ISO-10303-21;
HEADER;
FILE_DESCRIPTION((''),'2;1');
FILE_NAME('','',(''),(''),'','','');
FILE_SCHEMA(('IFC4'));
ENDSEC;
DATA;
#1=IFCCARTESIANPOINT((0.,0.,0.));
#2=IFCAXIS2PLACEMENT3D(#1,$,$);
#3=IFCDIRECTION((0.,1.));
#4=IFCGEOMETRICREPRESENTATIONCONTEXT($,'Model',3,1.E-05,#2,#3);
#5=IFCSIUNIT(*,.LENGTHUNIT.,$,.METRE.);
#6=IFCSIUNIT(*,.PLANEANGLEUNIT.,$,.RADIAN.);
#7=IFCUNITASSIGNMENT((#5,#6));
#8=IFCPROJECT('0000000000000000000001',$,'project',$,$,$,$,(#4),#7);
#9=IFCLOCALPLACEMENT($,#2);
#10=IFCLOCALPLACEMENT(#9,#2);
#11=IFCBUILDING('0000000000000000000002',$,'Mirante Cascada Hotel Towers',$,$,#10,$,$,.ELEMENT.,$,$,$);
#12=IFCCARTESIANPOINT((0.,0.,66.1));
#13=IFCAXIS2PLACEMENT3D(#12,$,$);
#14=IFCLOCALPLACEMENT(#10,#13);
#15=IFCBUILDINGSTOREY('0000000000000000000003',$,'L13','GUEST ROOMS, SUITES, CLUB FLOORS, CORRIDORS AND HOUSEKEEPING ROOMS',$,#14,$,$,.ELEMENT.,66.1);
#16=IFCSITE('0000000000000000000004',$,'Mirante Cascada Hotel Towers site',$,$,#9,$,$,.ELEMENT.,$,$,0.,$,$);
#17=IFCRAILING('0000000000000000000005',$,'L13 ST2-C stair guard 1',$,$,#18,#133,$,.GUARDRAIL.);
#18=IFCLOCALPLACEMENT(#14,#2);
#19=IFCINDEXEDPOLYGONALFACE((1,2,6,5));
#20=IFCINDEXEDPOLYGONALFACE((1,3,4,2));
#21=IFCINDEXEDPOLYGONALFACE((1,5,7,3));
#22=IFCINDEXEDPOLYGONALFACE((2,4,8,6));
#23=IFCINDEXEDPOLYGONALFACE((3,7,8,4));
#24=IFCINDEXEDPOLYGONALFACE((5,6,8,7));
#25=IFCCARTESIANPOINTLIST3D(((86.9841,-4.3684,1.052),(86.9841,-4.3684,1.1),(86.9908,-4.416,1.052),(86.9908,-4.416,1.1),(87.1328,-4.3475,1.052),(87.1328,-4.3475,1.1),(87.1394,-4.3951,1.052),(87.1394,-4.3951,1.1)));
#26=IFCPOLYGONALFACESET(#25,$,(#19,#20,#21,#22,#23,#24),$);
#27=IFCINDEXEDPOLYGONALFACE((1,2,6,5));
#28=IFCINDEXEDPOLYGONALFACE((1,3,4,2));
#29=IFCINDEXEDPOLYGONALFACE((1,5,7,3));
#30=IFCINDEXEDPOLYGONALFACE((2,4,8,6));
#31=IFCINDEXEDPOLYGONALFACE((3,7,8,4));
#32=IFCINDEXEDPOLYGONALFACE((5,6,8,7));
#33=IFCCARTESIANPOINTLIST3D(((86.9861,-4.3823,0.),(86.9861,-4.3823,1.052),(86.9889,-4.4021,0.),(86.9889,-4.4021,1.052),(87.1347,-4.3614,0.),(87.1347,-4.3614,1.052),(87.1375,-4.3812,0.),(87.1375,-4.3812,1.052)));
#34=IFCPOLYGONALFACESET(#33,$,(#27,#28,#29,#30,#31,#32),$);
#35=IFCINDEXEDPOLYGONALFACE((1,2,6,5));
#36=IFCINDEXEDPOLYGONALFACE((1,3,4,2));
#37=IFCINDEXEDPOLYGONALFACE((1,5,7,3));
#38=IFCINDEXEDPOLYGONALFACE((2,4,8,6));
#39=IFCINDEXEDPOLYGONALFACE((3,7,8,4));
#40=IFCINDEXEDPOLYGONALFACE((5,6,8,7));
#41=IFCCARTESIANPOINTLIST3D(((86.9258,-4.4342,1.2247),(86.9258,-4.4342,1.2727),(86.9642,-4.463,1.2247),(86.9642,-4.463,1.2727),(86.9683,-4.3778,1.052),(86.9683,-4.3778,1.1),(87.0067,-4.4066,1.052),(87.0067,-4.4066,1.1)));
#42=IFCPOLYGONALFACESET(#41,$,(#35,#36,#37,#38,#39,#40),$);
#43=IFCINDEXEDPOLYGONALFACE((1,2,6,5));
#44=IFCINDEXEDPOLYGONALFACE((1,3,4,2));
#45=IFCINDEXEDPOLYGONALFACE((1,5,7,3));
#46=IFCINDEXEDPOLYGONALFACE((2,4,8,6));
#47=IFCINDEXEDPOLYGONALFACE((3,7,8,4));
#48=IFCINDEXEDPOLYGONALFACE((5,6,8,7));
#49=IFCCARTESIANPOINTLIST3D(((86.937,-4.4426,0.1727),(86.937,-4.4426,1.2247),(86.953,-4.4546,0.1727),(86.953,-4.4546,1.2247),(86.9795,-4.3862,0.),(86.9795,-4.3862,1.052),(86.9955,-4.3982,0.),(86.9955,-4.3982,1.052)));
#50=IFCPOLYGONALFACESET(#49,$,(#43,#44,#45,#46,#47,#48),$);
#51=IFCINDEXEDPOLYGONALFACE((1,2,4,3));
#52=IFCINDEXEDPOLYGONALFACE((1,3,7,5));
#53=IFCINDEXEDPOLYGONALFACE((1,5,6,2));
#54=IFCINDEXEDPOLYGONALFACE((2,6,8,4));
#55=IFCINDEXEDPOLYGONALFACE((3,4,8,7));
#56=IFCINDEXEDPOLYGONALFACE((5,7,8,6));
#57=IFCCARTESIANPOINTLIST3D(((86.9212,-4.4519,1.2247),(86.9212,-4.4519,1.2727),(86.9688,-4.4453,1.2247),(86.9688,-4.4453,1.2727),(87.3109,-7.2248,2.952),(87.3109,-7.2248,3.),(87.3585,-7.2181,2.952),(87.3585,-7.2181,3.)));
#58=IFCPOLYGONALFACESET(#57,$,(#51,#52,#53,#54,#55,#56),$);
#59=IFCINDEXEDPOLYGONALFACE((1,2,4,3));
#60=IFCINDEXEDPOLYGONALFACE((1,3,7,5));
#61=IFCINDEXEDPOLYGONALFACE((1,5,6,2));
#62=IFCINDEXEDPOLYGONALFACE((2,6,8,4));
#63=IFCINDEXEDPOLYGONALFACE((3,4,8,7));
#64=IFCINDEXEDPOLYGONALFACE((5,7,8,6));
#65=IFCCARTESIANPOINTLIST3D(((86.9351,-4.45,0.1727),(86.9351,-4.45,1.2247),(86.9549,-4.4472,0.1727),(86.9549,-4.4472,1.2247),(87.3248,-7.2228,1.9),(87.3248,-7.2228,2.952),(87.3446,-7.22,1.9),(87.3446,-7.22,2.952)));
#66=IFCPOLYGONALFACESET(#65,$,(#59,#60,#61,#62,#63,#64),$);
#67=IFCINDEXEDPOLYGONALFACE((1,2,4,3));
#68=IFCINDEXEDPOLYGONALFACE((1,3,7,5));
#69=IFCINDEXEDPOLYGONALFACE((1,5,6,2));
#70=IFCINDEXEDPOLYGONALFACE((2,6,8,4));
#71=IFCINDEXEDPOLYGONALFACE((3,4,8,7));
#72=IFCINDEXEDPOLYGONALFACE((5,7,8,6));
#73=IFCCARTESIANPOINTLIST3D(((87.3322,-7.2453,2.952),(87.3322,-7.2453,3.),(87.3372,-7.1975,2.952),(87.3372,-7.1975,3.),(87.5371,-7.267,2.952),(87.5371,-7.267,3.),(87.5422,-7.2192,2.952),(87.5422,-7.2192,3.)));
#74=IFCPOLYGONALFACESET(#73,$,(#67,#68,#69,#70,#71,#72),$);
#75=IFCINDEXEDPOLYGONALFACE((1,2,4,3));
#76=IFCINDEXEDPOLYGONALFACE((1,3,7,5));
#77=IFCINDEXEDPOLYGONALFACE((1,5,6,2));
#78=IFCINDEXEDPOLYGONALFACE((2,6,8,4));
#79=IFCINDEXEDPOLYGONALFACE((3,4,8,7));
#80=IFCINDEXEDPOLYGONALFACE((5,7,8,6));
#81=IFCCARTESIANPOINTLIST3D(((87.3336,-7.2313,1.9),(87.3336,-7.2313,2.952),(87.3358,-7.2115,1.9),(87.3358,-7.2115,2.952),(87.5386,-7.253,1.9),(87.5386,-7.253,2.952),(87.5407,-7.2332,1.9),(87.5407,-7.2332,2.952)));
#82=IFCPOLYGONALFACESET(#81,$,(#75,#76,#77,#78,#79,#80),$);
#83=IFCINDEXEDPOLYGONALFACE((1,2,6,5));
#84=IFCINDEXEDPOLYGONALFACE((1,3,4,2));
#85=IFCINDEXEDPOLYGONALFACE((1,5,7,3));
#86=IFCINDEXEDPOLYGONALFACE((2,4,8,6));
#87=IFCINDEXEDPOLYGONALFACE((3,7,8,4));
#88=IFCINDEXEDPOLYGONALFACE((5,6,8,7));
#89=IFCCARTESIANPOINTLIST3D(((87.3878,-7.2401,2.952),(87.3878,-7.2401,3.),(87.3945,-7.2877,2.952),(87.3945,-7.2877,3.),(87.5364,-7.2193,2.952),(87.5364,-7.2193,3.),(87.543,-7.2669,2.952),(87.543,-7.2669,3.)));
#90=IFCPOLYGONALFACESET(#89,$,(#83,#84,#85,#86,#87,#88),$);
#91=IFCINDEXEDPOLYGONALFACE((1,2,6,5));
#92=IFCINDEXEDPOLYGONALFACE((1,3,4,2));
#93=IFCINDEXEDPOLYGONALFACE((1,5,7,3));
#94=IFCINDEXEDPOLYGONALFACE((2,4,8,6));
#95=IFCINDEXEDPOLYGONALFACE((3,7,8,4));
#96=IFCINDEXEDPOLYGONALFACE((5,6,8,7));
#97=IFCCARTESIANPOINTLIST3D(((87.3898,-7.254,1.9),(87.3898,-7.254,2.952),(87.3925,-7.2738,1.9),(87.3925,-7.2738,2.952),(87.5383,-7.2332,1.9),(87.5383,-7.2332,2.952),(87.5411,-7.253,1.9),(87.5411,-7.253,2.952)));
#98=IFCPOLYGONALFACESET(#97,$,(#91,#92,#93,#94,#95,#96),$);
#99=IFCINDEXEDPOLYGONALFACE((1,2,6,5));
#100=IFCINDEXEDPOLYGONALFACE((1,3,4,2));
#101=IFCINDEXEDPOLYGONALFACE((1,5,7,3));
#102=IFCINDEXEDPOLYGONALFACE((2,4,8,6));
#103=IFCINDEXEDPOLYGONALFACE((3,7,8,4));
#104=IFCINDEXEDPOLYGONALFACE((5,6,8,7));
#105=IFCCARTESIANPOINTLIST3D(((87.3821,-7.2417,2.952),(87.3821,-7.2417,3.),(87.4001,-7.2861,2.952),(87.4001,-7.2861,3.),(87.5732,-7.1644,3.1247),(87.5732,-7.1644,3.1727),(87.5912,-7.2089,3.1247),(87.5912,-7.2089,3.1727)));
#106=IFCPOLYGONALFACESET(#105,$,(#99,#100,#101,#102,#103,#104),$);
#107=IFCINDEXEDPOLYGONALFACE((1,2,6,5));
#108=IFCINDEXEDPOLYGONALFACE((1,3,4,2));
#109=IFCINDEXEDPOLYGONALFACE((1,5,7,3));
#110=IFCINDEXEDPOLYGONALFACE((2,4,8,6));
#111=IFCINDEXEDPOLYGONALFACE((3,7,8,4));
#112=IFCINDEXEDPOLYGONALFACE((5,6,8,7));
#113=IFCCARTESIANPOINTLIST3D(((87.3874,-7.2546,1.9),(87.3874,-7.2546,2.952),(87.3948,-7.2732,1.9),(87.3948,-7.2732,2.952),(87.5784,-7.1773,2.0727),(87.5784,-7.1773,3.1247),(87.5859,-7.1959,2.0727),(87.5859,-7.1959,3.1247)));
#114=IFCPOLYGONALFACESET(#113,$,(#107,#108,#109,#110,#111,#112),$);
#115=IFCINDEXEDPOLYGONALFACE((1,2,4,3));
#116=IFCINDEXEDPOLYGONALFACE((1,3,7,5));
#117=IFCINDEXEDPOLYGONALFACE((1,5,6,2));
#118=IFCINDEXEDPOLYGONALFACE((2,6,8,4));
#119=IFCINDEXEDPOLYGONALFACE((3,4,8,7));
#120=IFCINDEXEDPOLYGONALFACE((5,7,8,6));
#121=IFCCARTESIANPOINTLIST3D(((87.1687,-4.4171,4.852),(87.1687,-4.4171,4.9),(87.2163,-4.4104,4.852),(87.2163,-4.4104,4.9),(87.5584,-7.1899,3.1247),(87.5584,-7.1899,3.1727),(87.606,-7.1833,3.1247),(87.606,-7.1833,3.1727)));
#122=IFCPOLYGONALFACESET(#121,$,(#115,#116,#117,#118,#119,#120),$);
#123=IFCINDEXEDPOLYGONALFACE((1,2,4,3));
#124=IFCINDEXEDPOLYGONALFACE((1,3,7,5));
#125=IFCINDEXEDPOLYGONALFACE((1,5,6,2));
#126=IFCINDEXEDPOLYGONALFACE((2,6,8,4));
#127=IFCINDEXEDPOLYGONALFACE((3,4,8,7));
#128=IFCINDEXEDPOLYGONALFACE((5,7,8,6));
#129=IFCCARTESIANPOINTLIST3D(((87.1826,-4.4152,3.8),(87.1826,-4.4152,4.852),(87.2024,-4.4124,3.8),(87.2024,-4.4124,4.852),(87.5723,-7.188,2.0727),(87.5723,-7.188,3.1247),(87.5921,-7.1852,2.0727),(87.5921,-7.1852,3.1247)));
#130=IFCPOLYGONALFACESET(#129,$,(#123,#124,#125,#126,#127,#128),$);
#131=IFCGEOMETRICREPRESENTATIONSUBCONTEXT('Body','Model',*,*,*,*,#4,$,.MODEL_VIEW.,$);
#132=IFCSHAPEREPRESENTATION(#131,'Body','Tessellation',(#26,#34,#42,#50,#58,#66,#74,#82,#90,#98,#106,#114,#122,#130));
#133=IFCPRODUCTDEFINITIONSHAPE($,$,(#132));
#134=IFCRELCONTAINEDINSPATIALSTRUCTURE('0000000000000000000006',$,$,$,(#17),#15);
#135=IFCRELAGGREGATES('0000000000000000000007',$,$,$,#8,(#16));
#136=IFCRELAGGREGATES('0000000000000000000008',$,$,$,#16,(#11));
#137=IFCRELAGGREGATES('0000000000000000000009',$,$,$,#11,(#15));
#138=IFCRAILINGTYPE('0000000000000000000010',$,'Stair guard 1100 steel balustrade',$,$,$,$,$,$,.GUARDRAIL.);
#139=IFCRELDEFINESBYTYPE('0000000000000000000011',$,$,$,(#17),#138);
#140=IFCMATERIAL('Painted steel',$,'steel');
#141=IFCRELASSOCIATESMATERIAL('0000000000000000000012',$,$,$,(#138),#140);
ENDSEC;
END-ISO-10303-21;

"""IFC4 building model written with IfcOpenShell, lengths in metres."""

from ifc_helpers import new_model, si_unit, direction, frame, origin, origin_2d, place, context, subcontext, project, spatial, rectangle, extrude, material, type_object, element, save


model = new_model("IFC4")

# Units and contexts
model_context = context("Model", 3, precision=1e-05, world=origin(), true_north=direction((0.0, 1.0)))
body_context = subcontext(model_context, "Body", "Model", "MODEL_VIEW")
ifc_project = project(units=[si_unit("LENGTHUNIT", "METRE"), si_unit("PLANEANGLEUNIT", "RADIAN")], contexts=[model_context])

# Site, building, storey
site_placement = place(None, origin())
site = spatial("IfcSite", under=ifc_project, at=site_placement, Name="Mirante Cascada Hotel Towers site", CompositionType="ELEMENT", RefElevation=0.0)
building_placement = place(site_placement, origin())
building = spatial("IfcBuilding", under=site, at=building_placement, Name="Mirante Cascada Hotel Towers", CompositionType="ELEMENT")
storey_placement = place(building_placement, frame((0.0, 0.0, 66.1)))
storey = spatial("IfcBuildingStorey", under=building, at=storey_placement, Name="L13", Description="GUEST ROOMS, SUITES, CLUB FLOORS, CORRIDORS AND HOUSEKEEPING ROOMS", CompositionType="ELEMENT", Elevation=66.1)

# Railing
ifc_material_1 = material(Name="Painted steel", Category="steel")
railing_type = type_object("IfcRailingType", Name="Stair guard 1100 steel balustrade", PredefinedType="GUARDRAIL", material=ifc_material_1)
railing_placement = place(storey_placement, frame((87.1361, -4.3713, 0.0)))
element("IfcRailing", 1, at=railing_placement, inside=storey, type_object=railing_type, Name="L13 ST2-C stair guard 1", PredefinedType="GUARDRAIL", context=body_context, shape_type="SweptSolid", body=[
    extrude(rectangle(XDim=0.048, YDim=0.048, at=origin_2d()), frame((0.0, 0.0, 1.076), z_axis=(-0.990254, -0.139275, 0.0), x_axis=(0.139275, -0.990254, 0.0)), (0.0, 0.0, 1.0), 0.1501),
    extrude(rectangle(XDim=0.02, YDim=1.052, at=origin_2d()), frame((0.0, 0.0, 0.526), z_axis=(-0.990254, -0.139275, 0.0), x_axis=(0.139275, -0.990254, 0.0)), (0.0, 0.0, 1.0), 0.1501),
    extrude(rectangle(XDim=0.048, YDim=0.048, at=origin_2d()), frame((-0.1486, -0.0209, 1.076), z_axis=(-0.601811, -0.798639, 0.0), x_axis=(0.798639, -0.601811, 0.0)), (0.0, 0.925603, 0.378496), 0.1866),
    extrude(rectangle(XDim=0.02, YDim=1.052, at=origin_2d()), frame((-0.1486, -0.0209, 0.526), z_axis=(-0.601811, -0.798639, 0.0), x_axis=(0.798639, -0.601811, 0.0)), (0.0, 0.925603, 0.378496), 0.1866),
    extrude(rectangle(XDim=0.048, YDim=0.048, at=origin_2d()), frame((-0.1911, -0.0773, 1.2487), z_axis=(0.139176, -0.990268, 0.0), x_axis=(0.990268, 0.139176, 0.0)), (0.0, 0.525021, 0.851089), 3.29),
    extrude(rectangle(XDim=0.02, YDim=1.052, at=origin_2d()), frame((-0.1911, -0.0773, 0.6987), z_axis=(0.139176, -0.990268, 0.0), x_axis=(0.990268, 0.139176, 0.0)), (0.0, 0.525021, 0.851089), 3.29),
    extrude(rectangle(XDim=0.048, YDim=0.048, at=origin_2d()), frame((0.1986, -2.8501, 2.976), z_axis=(0.994444, -0.105266, 0.0), x_axis=(0.105266, 0.994444, 0.0)), (0.0, 0.0, 1.0), 0.2061),
    extrude(rectangle(XDim=0.02, YDim=1.052, at=origin_2d()), frame((0.1986, -2.8501, 2.426), z_axis=(0.994444, -0.105266, 0.0), x_axis=(0.105266, 0.994444, 0.0)), (0.0, 0.0, 1.0), 0.2061),
    extrude(rectangle(XDim=0.048, YDim=0.048, at=origin_2d()), frame((0.4036, -2.8718, 2.976), z_axis=(-0.990345, -0.138622, 0.0), x_axis=(0.138622, -0.990345, 0.0)), (0.0, 0.0, 1.0), 0.15),
    extrude(rectangle(XDim=0.02, YDim=1.052, at=origin_2d()), frame((0.4036, -2.8718, 2.426), z_axis=(-0.990345, -0.138622, 0.0), x_axis=(0.138622, -0.990345, 0.0)), (0.0, 0.0, 1.0), 0.15),
    extrude(rectangle(XDim=0.048, YDim=0.048, at=origin_2d()), frame((0.255, -2.8926, 2.976), z_axis=(0.927031, 0.374984, 0.0), x_axis=(-0.374984, 0.927031, 0.0)), (0.0, 0.64219, 0.766545), 0.2689),
    extrude(rectangle(XDim=0.02, YDim=1.052, at=origin_2d()), frame((0.255, -2.8926, 2.426), z_axis=(0.927031, 0.374984, 0.0), x_axis=(-0.374984, 0.927031, 0.0)), (0.0, 0.64219, 0.766545), 0.2689),
    extrude(rectangle(XDim=0.048, YDim=0.048, at=origin_2d()), frame((0.4461, -2.8153, 3.1487), z_axis=(-0.139176, 0.990268, 0.0), x_axis=(-0.990268, -0.139176, 0.0)), (0.0, 0.525021, 0.851089), 3.29),
    extrude(rectangle(XDim=0.02, YDim=1.052, at=origin_2d()), frame((0.4461, -2.8153, 2.5987), z_axis=(-0.139176, 0.990268, 0.0), x_axis=(-0.990268, -0.139176, 0.0)), (0.0, 0.525021, 0.851089), 3.29),
])

save(model, "model.ifc")
